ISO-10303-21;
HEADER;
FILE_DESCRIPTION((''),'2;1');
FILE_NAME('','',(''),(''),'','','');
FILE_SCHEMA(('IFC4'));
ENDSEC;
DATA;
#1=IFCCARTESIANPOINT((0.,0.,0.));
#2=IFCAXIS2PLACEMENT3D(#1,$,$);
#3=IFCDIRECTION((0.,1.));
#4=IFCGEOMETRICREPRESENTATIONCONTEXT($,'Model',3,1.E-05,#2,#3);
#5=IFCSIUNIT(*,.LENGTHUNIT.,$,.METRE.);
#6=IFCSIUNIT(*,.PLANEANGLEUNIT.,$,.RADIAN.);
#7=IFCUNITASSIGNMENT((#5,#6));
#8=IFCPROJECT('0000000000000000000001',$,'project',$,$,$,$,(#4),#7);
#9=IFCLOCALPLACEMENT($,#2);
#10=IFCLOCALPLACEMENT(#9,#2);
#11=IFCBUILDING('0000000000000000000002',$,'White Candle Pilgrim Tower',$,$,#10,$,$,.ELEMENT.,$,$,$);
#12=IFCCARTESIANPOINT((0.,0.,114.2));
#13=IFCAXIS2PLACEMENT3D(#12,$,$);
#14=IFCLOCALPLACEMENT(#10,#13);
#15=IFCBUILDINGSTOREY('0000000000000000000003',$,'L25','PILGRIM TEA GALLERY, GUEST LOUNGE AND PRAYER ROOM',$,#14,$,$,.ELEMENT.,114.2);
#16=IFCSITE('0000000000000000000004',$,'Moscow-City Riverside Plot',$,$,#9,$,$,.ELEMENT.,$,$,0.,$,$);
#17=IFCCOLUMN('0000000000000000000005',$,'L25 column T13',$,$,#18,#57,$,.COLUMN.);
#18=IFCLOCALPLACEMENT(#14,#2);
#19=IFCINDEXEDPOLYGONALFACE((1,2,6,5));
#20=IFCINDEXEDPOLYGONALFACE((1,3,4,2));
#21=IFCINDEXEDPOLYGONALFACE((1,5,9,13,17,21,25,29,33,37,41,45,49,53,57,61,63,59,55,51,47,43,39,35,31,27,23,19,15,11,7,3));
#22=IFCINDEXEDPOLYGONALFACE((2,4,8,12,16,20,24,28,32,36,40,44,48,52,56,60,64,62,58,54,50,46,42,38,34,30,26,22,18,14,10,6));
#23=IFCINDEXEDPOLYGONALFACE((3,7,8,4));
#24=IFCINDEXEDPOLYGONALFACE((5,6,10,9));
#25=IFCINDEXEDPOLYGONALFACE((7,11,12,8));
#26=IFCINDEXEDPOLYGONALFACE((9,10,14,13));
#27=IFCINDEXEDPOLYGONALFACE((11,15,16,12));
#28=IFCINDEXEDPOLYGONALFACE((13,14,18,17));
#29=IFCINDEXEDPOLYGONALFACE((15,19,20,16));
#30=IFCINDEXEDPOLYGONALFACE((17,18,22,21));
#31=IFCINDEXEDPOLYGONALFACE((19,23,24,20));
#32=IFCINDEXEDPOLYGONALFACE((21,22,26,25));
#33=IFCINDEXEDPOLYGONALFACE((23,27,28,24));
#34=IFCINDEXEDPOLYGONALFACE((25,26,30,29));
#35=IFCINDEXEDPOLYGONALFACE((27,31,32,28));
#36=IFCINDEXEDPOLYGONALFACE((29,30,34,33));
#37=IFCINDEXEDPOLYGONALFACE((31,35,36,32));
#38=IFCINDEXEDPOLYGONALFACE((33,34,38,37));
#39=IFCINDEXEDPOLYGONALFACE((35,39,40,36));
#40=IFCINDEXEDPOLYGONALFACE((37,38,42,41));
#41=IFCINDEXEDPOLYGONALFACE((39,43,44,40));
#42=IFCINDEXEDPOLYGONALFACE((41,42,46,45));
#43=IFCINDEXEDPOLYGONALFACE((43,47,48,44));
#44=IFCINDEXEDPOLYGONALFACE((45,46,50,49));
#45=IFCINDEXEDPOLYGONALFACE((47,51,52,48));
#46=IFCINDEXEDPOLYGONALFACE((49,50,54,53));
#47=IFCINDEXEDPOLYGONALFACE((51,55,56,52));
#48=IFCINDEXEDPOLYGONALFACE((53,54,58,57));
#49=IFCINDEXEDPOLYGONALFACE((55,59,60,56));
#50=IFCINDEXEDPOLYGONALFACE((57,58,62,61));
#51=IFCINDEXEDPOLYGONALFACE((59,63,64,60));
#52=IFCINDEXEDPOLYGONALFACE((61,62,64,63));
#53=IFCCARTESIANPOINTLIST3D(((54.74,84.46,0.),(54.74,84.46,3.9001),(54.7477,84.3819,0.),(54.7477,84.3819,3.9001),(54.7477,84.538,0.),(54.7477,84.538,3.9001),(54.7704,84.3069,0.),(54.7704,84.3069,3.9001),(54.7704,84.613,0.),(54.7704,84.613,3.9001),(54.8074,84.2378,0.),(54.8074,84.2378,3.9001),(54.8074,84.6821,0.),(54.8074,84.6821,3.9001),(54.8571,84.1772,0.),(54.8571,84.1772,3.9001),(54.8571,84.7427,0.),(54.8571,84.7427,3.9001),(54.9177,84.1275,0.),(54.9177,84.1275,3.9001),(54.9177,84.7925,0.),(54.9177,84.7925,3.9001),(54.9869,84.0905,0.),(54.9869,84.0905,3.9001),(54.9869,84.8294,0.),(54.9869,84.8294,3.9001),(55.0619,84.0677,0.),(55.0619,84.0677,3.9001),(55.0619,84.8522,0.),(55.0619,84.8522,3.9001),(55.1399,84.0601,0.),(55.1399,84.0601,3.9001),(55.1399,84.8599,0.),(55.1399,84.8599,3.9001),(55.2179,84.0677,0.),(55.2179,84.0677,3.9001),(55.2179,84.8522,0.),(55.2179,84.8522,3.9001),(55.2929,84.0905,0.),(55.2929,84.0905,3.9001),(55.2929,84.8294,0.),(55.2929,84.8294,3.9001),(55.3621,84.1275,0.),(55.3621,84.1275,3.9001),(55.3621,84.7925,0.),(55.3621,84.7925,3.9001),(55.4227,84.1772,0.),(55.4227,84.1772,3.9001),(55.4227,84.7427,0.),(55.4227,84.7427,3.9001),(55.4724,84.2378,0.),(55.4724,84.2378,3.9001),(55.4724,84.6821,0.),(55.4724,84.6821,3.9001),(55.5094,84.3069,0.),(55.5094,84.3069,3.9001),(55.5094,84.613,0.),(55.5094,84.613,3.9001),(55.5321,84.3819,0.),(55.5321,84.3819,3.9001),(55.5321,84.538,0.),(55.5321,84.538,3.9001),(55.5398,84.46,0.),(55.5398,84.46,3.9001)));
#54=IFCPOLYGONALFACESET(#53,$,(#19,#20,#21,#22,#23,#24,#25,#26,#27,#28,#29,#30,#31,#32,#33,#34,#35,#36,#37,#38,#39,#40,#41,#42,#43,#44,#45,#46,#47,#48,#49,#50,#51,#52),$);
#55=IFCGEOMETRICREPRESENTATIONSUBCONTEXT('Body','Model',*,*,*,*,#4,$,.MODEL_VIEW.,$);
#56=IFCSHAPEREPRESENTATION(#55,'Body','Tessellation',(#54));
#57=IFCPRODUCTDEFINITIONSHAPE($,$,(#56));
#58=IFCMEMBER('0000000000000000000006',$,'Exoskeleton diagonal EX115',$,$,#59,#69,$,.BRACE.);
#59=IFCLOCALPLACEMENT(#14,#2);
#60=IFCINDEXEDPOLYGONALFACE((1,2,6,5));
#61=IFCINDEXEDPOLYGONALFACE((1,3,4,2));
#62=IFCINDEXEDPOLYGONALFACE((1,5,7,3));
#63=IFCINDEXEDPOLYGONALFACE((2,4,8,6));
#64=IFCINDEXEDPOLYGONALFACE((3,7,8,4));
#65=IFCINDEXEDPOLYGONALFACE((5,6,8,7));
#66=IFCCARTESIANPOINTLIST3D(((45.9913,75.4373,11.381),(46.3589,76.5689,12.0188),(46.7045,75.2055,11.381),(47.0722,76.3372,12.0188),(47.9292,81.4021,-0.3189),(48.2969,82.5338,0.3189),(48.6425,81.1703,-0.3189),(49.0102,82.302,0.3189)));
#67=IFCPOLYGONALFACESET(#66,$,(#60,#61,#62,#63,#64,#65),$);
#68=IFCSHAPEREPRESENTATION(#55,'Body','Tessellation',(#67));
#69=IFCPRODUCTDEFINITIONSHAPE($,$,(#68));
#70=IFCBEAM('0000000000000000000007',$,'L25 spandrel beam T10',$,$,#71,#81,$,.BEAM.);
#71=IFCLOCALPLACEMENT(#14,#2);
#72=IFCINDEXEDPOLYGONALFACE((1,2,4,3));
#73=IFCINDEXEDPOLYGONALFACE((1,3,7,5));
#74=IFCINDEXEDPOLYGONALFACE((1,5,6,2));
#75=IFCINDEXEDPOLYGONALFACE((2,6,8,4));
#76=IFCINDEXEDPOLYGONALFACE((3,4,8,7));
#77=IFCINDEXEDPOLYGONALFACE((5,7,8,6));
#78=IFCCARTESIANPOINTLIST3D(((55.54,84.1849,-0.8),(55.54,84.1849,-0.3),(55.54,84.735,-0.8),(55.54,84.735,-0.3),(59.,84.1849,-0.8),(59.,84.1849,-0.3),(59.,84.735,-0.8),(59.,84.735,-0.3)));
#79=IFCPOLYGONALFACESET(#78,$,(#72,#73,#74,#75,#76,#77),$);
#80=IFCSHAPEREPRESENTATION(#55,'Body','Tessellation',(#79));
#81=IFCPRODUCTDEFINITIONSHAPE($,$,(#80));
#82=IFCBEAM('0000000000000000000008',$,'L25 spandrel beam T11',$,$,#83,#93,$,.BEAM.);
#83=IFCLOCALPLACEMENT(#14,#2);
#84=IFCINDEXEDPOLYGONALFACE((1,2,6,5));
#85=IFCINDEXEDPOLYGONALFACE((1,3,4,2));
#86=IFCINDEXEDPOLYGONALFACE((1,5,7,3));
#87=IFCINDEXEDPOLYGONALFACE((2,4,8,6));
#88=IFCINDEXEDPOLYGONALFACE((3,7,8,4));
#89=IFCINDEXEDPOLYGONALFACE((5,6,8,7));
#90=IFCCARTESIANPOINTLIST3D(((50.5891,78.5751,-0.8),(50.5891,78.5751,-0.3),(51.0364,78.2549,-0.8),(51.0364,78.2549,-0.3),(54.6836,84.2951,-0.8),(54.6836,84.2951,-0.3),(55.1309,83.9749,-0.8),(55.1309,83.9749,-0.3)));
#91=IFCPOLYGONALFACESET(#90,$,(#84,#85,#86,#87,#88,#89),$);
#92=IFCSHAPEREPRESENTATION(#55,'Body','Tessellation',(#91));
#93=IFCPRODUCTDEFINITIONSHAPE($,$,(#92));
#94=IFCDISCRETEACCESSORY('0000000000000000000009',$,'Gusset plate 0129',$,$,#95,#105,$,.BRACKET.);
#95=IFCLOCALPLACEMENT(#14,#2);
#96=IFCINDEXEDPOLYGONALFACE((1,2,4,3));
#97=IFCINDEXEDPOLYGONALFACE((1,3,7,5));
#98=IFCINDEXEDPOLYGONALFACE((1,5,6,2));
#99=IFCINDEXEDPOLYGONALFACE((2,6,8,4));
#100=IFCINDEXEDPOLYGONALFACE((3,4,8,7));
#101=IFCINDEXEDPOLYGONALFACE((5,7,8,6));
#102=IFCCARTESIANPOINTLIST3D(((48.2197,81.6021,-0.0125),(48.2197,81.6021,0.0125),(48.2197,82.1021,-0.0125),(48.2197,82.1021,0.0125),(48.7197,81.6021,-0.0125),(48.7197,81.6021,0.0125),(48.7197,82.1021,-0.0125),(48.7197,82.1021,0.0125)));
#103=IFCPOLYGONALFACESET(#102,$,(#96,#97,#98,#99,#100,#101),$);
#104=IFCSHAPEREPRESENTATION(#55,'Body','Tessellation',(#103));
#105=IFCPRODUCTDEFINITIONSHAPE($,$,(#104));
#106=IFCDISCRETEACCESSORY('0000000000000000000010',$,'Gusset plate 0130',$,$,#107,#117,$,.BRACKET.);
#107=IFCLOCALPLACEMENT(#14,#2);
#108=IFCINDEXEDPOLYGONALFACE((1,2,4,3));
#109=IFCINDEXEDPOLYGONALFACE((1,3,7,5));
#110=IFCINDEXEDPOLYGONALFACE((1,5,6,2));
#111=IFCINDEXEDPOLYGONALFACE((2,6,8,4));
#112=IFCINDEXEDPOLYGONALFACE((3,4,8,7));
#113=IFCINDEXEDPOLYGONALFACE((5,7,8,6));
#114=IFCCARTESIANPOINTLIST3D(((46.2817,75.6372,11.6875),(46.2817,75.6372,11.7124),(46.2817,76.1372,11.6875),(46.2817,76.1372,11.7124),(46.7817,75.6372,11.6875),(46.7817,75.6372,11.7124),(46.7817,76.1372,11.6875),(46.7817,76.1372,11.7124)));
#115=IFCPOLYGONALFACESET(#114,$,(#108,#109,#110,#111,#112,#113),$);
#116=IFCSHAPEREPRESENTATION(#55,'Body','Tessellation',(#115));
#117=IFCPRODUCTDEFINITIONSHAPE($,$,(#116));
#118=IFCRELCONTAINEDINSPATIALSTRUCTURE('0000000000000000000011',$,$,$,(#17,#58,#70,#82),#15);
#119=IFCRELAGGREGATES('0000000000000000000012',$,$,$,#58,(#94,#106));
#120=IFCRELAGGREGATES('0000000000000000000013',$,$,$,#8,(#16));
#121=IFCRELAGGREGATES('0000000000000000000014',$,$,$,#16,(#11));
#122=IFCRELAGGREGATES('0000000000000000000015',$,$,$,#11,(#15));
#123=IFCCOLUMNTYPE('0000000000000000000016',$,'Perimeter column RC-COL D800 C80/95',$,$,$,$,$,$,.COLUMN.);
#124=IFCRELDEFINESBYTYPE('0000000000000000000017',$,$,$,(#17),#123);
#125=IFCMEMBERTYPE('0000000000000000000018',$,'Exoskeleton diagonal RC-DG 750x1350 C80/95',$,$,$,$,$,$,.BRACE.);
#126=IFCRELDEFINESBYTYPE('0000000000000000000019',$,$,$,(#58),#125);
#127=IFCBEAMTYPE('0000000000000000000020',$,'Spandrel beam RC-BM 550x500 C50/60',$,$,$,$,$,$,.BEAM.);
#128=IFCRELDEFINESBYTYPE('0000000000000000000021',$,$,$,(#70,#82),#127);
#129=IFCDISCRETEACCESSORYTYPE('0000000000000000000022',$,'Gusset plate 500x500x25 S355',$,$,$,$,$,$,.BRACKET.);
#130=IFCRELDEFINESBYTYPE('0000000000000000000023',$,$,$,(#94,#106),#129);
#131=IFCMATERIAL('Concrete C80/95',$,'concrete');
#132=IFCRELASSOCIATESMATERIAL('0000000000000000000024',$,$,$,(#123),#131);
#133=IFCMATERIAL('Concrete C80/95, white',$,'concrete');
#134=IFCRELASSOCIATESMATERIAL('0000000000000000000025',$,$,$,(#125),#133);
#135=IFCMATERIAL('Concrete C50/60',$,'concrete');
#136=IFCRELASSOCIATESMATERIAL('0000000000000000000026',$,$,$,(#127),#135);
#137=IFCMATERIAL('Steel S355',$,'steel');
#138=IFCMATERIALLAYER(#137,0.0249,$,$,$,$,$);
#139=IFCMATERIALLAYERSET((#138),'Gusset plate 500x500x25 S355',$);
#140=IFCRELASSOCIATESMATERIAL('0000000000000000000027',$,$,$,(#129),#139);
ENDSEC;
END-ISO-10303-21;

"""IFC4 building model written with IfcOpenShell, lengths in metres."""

from ifc_helpers import new_model, si_unit, direction, frame, origin, origin_2d, place, context, subcontext, project, spatial, rectangle, circle, extrude, material, layer, layer_set, material_profile, profile_set, type_object, element, aggregate, save


model = new_model("IFC4")

# Units and contexts
model_context = context("Model", 3, precision=1e-05, world=origin(), true_north=direction((0.0, 1.0)))
body_context = subcontext(model_context, "Body", "Model", "MODEL_VIEW")
ifc_project = project(units=[si_unit("LENGTHUNIT", "METRE"), si_unit("PLANEANGLEUNIT", "RADIAN")], contexts=[model_context])

# Site, building, storey
site_placement = place(None, origin())
site = spatial("IfcSite", under=ifc_project, at=site_placement, Name="Moscow-City Riverside Plot", CompositionType="ELEMENT", RefElevation=0.0)
building_placement = place(site_placement, origin())
building = spatial("IfcBuilding", under=site, at=building_placement, Name="White Candle Pilgrim Tower", CompositionType="ELEMENT")
storey_placement = place(building_placement, frame((0.0, 0.0, 114.2)))
storey = spatial("IfcBuildingStorey", under=building, at=storey_placement, Name="L25", Description="PILGRIM TEA GALLERY, GUEST LOUNGE AND PRAYER ROOM", CompositionType="ELEMENT", Elevation=114.2)

# Column
ifc_material_1 = material(Name="Concrete C80/95", Category="concrete")
ifc_material_profile_1 = material_profile(ifc_material_1, circle(Radius=0.3999, at=origin_2d()), Name="RC-COL D800")
ifc_profile_set_1 = profile_set([ifc_material_profile_1], Name="Concrete C80/95")
column_type = type_object("IfcColumnType", Name="Perimeter column RC-COL D800 C80/95", PredefinedType="COLUMN", material=ifc_profile_set_1)
column_placement = place(storey_placement, frame((55.1399, 84.46, 0.0), z_axis=(0.0, 0.0, 1.0), x_axis=(1.0, 0.0, 0.0)))
element("IfcColumn", 1, at=column_placement, inside=storey, type_object=column_type, Name="L25 column T13", PredefinedType="COLUMN", context=body_context, shape_type="SweptSolid", body=[
    extrude(circle(Radius=0.3999, at=origin_2d()), origin(), (0.0, 0.0, 1.0), 3.9001),
])

# Member
ifc_material_2 = material(Name="Concrete C80/95, white", Category="concrete")
ifc_material_profile_2 = material_profile(ifc_material_2, rectangle(XDim=0.75, YDim=1.3501, at=origin_2d()), Name="RC-DG 750x1350")
ifc_profile_set_2 = profile_set([ifc_material_profile_2], Name="Concrete C80/95, white")
member_type = type_object("IfcMemberType", Name="Exoskeleton diagonal RC-DG 750x1350 C80/95", PredefinedType="BRACE", material=ifc_profile_set_2)
member_placement = place(storey_placement, frame((48.4697, 81.8521, 0.0), z_axis=(-0.145988, -0.449331, 0.881356), x_axis=(0.951062, -0.309002, 0.0)))
member = element("IfcMember", 2, at=member_placement, inside=storey, type_object=member_type, Name="Exoskeleton diagonal EX115", PredefinedType="BRACE", context=body_context, shape_type="SweptSolid", body=[
    extrude(rectangle(XDim=0.75, YDim=1.3501, at=origin_2d()), origin(), (0.0, 0.0, 1.0), 13.2749),
])

# Beams
ifc_material_3 = material(Name="Concrete C50/60", Category="concrete")
ifc_material_profile_3 = material_profile(ifc_material_3, rectangle(XDim=0.55, YDim=0.5, at=origin_2d()), Name="RC-BM 550x500")
ifc_profile_set_3 = profile_set([ifc_material_profile_3], Name="Concrete C50/60")
beam_type = type_object("IfcBeamType", Name="Spandrel beam RC-BM 550x500 C50/60", PredefinedType="BEAM", material=ifc_profile_set_3)
beam_1_placement = place(storey_placement, frame((55.54, 84.46, -0.55), z_axis=(1.0, 0.0, 0.0), x_axis=(0.0, 1.0, 0.0)))
element("IfcBeam", 3, at=beam_1_placement, inside=storey, type_object=beam_type, Name="L25 spandrel beam T10", PredefinedType="BEAM", context=body_context, shape_type="SweptSolid", body=[
    extrude(rectangle(XDim=0.55, YDim=0.5, at=origin_2d()), origin(), (0.0, 0.0, 1.0), 3.46),
])
beam_2_placement = place(storey_placement, frame((54.9072, 84.135, -0.55), z_axis=(-0.582065, -0.813142, 0.0), x_axis=(0.813142, -0.582065, 0.0)))
element("IfcBeam", 4, at=beam_2_placement, inside=storey, type_object=beam_type, Name="L25 spandrel beam T11", PredefinedType="BEAM", context=body_context, shape_type="SweptSolid", body=[
    extrude(rectangle(XDim=0.55, YDim=0.5, at=origin_2d()), origin(), (0.0, 0.0, 1.0), 7.0344),
])

# Discrete accessories
ifc_material_4 = material(Name="Steel S355", Category="steel")
ifc_layer_1 = layer(ifc_material_4, 0.0249)
ifc_layer_set_1 = layer_set([ifc_layer_1], Name="Gusset plate 500x500x25 S355")
discrete_accessory_type = type_object("IfcDiscreteAccessoryType", Name="Gusset plate 500x500x25 S355", PredefinedType="BRACKET", material=ifc_layer_set_1)
discrete_accessory_1_placement = place(storey_placement, frame((48.4697, 81.8521, -0.0125), z_axis=(0.0, 0.0, 1.0), x_axis=(1.0, 0.0, 0.0)))
discrete_accessory_1 = element("IfcDiscreteAccessory", 5, at=discrete_accessory_1_placement, type_object=discrete_accessory_type, Name="Gusset plate 0129", PredefinedType="BRACKET", context=body_context, shape_type="SweptSolid", body=[
    extrude(rectangle(XDim=0.5, YDim=0.5, at=origin_2d()), origin(), (0.0, 0.0, 1.0), 0.0249),
])
placement = place(building_placement, frame((0.0, 0.0, 125.8999)))
discrete_accessory_2_placement = place(placement, frame((46.5317, 75.8872, -0.0125), z_axis=(0.0, 0.0, 1.0), x_axis=(1.0, 0.0, 0.0)))
discrete_accessory_2 = element("IfcDiscreteAccessory", 6, at=discrete_accessory_2_placement, type_object=discrete_accessory_type, Name="Gusset plate 0130", PredefinedType="BRACKET", context=body_context, shape_type="SweptSolid", body=[
    extrude(rectangle(XDim=0.5, YDim=0.5, at=origin_2d()), origin(), (0.0, 0.0, 1.0), 0.0249),
])
aggregate(member, [discrete_accessory_1, discrete_accessory_2])

save(model, "model.ifc")
